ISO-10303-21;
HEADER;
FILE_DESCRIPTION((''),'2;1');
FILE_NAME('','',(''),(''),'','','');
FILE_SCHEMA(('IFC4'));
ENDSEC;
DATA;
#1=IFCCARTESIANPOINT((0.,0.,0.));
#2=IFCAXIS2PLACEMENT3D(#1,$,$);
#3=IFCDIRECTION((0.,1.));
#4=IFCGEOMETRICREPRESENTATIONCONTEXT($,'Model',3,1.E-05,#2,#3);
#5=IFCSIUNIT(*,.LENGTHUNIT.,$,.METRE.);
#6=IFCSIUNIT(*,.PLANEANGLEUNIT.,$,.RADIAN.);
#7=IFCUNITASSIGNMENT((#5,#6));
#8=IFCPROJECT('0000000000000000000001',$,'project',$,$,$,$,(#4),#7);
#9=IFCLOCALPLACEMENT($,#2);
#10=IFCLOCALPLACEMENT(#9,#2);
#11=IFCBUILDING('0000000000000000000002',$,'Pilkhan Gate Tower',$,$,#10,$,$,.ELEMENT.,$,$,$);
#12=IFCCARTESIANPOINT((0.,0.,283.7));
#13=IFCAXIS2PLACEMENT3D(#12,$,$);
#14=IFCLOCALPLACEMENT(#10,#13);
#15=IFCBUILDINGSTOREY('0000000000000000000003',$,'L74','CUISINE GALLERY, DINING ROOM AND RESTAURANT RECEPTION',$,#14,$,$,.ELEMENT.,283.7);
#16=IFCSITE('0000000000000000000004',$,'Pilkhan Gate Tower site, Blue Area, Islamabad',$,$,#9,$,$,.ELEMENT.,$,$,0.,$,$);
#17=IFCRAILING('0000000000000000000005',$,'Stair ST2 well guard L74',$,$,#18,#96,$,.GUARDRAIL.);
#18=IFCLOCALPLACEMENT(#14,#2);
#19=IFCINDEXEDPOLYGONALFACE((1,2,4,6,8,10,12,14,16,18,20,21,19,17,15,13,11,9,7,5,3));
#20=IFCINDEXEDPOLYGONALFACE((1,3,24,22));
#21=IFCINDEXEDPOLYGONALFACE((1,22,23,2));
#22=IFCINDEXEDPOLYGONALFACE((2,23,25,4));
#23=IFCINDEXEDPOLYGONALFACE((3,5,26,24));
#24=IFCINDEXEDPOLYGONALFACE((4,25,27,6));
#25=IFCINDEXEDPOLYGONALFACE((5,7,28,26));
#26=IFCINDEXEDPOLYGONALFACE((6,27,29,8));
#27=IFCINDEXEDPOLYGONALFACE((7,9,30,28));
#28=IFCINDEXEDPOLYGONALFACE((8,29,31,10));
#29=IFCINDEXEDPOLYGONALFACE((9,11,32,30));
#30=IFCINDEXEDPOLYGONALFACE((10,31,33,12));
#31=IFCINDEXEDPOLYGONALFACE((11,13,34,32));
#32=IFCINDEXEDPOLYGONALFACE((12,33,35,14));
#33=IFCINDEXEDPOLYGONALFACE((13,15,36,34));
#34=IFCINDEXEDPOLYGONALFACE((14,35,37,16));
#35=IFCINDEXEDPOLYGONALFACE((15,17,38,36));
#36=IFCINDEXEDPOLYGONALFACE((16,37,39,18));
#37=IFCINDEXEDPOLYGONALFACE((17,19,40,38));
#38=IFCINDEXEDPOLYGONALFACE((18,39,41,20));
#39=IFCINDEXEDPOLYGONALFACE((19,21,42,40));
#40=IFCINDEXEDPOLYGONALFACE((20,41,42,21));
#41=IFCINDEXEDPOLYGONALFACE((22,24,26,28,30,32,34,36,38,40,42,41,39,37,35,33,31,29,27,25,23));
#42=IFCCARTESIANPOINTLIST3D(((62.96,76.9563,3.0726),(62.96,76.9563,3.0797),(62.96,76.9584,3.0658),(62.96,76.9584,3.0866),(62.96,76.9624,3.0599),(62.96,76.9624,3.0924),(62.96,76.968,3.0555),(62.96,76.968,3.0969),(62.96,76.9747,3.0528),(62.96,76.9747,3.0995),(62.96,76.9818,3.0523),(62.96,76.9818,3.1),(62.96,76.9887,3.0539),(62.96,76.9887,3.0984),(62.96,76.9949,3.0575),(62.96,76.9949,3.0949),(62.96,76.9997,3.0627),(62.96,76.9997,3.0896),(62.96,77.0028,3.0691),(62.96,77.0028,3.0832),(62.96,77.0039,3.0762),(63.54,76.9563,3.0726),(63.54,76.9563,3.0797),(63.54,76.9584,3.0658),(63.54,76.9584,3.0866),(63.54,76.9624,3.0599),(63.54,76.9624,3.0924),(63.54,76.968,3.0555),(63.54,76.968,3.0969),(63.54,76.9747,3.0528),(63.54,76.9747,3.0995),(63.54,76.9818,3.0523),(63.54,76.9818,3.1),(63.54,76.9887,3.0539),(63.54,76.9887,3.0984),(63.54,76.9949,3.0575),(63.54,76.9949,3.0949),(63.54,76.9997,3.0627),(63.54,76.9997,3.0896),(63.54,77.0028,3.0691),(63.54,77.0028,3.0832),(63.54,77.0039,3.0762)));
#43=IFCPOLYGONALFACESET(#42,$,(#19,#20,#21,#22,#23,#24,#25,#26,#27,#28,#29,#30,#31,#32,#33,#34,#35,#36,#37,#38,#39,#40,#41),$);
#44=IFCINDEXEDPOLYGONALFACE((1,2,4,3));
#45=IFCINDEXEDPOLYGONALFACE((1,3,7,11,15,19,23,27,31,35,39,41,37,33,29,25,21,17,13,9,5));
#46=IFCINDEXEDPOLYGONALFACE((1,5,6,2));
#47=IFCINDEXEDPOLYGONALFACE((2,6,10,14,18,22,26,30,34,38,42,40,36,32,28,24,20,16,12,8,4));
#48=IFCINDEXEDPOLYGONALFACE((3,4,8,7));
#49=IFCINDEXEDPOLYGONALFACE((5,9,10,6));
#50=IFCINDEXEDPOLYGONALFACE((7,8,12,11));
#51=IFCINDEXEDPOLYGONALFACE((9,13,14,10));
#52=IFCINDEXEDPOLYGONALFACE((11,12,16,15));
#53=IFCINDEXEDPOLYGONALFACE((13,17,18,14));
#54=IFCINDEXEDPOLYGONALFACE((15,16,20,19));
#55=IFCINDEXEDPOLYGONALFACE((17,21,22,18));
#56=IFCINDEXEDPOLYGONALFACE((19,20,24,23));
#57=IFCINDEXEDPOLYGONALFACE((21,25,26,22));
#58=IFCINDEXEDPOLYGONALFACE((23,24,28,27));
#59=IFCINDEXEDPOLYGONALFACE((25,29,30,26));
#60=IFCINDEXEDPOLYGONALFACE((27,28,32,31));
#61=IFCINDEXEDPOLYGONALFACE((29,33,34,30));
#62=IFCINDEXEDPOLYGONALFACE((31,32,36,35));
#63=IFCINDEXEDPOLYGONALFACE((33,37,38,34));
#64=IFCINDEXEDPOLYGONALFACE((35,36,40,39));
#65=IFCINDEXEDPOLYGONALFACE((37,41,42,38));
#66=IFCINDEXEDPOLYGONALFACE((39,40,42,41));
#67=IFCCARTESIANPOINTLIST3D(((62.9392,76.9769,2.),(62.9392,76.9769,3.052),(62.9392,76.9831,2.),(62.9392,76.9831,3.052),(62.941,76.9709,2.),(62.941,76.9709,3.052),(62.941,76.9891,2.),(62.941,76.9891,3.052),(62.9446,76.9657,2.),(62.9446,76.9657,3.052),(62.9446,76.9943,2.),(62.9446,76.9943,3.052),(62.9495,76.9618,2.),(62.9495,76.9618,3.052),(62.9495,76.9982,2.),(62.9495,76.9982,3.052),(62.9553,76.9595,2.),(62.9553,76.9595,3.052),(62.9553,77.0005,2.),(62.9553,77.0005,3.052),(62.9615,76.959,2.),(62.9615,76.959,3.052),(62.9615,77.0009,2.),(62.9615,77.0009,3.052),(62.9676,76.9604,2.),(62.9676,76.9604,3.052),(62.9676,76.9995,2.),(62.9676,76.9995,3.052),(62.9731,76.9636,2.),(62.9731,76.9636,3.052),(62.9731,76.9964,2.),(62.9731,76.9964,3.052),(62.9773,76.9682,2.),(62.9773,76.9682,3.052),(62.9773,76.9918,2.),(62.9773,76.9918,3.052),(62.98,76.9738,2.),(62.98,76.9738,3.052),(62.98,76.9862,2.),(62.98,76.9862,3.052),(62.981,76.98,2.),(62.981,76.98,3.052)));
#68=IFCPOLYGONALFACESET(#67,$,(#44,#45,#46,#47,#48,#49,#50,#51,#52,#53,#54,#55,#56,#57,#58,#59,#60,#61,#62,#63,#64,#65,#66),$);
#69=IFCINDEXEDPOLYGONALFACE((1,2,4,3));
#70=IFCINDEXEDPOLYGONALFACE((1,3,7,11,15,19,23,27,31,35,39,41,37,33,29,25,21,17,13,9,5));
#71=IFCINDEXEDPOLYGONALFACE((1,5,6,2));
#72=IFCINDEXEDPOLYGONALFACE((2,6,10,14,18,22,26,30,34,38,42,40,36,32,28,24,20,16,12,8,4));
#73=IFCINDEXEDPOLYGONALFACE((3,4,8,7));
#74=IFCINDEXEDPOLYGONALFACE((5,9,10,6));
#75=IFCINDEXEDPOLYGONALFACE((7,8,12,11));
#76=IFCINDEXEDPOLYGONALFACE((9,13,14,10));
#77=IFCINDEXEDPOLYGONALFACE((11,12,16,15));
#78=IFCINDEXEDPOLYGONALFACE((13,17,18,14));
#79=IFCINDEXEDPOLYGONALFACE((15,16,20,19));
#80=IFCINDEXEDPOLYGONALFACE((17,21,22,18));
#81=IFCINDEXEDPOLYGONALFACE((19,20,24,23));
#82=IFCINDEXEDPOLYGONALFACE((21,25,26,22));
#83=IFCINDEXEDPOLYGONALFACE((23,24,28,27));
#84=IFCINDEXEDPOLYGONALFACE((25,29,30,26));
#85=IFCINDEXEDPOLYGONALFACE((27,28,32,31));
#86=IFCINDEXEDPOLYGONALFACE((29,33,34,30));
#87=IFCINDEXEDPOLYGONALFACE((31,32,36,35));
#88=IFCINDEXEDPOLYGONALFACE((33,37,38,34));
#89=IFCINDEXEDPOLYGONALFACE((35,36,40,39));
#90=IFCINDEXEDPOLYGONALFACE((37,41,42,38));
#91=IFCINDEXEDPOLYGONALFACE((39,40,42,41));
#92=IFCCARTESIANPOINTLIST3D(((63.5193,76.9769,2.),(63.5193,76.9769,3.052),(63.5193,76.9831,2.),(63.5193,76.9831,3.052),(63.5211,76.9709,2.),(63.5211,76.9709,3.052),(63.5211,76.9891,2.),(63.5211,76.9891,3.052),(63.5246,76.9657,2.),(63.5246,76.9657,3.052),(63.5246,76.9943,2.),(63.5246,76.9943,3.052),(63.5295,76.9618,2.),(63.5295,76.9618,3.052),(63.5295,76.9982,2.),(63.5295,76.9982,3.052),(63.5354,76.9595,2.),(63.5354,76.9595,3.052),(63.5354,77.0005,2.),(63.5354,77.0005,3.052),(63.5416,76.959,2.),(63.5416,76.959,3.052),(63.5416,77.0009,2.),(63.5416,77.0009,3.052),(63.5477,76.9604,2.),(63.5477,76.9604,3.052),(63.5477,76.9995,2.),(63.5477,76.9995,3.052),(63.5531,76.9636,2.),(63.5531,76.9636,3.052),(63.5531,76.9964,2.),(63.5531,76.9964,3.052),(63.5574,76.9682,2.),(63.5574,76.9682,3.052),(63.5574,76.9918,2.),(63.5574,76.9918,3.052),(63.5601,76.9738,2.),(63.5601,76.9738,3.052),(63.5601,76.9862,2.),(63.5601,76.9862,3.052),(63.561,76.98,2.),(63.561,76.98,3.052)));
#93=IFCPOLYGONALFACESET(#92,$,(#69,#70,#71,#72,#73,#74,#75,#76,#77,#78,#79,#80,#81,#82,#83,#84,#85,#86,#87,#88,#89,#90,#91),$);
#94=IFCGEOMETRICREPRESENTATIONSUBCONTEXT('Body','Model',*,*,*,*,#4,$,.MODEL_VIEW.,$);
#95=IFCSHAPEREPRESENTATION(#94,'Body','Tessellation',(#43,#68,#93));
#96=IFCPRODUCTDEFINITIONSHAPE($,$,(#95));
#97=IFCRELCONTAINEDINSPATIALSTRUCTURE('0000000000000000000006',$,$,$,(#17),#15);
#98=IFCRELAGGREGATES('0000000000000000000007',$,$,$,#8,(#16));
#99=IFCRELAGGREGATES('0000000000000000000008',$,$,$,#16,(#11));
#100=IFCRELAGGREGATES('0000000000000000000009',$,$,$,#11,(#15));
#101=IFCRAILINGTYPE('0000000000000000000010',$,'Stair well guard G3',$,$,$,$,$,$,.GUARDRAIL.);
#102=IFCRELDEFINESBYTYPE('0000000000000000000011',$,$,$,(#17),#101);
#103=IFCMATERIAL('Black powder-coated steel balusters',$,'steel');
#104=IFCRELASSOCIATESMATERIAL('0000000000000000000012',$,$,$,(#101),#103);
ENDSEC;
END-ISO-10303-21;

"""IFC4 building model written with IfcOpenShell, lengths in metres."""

from ifc_helpers import new_model, si_unit, direction, frame, origin, origin_2d, place, context, subcontext, project, spatial, circle, extrude, material, type_object, element, save


model = new_model("IFC4")

# Units and contexts
model_context = context("Model", 3, precision=1e-05, world=origin(), true_north=direction((0.0, 1.0)))
body_context = subcontext(model_context, "Body", "Model", "MODEL_VIEW")
ifc_project = project(units=[si_unit("LENGTHUNIT", "METRE"), si_unit("PLANEANGLEUNIT", "RADIAN")], contexts=[model_context])

# Site, building, storey
site_placement = place(None, origin())
site = spatial("IfcSite", under=ifc_project, at=site_placement, Name="Pilkhan Gate Tower site, Blue Area, Islamabad", CompositionType="ELEMENT", RefElevation=0.0)
building_placement = place(site_placement, origin())
building = spatial("IfcBuilding", under=site, at=building_placement, Name="Pilkhan Gate Tower", CompositionType="ELEMENT")
storey_placement = place(building_placement, frame((0.0, 0.0, 283.7)))
storey = spatial("IfcBuildingStorey", under=building, at=storey_placement, Name="L74", Description="CUISINE GALLERY, DINING ROOM AND RESTAURANT RECEPTION", CompositionType="ELEMENT", Elevation=283.7)

# Railing
ifc_material_1 = material(Name="Black powder-coated steel balusters", Category="steel")
railing_type_1 = type_object("IfcRailingType", Name="Stair well guard G3", PredefinedType="GUARDRAIL", material=ifc_material_1)
for number, where, name in (
    (1, (62.96, 76.98, 2.0), "Stair ST2 well guard L74"),
):
    element("IfcRailing", number, at=place(storey_placement, frame(where)), inside=storey, type_object=railing_type_1, Name=name, PredefinedType="GUARDRAIL", context=body_context, shape_type="SweptSolid", body=[
        extrude(circle(Radius=0.0239, at=origin_2d()), frame((0.0, 0.0, 1.0762), z_axis=(1.0, 0.0, 0.0), x_axis=(0.0, 1.0, 0.0)), (0.0, 0.0, 1.0), 0.5801),
        extrude(circle(Radius=0.021, at=origin_2d()), origin(), (0.0, 0.0, 1.0), 1.052),
        extrude(circle(Radius=0.021, at=origin_2d()), frame((0.5801, 0.0, 0.0)), (0.0, 0.0, 1.0), 1.052),
    ])

save(model, "model.ifc")
